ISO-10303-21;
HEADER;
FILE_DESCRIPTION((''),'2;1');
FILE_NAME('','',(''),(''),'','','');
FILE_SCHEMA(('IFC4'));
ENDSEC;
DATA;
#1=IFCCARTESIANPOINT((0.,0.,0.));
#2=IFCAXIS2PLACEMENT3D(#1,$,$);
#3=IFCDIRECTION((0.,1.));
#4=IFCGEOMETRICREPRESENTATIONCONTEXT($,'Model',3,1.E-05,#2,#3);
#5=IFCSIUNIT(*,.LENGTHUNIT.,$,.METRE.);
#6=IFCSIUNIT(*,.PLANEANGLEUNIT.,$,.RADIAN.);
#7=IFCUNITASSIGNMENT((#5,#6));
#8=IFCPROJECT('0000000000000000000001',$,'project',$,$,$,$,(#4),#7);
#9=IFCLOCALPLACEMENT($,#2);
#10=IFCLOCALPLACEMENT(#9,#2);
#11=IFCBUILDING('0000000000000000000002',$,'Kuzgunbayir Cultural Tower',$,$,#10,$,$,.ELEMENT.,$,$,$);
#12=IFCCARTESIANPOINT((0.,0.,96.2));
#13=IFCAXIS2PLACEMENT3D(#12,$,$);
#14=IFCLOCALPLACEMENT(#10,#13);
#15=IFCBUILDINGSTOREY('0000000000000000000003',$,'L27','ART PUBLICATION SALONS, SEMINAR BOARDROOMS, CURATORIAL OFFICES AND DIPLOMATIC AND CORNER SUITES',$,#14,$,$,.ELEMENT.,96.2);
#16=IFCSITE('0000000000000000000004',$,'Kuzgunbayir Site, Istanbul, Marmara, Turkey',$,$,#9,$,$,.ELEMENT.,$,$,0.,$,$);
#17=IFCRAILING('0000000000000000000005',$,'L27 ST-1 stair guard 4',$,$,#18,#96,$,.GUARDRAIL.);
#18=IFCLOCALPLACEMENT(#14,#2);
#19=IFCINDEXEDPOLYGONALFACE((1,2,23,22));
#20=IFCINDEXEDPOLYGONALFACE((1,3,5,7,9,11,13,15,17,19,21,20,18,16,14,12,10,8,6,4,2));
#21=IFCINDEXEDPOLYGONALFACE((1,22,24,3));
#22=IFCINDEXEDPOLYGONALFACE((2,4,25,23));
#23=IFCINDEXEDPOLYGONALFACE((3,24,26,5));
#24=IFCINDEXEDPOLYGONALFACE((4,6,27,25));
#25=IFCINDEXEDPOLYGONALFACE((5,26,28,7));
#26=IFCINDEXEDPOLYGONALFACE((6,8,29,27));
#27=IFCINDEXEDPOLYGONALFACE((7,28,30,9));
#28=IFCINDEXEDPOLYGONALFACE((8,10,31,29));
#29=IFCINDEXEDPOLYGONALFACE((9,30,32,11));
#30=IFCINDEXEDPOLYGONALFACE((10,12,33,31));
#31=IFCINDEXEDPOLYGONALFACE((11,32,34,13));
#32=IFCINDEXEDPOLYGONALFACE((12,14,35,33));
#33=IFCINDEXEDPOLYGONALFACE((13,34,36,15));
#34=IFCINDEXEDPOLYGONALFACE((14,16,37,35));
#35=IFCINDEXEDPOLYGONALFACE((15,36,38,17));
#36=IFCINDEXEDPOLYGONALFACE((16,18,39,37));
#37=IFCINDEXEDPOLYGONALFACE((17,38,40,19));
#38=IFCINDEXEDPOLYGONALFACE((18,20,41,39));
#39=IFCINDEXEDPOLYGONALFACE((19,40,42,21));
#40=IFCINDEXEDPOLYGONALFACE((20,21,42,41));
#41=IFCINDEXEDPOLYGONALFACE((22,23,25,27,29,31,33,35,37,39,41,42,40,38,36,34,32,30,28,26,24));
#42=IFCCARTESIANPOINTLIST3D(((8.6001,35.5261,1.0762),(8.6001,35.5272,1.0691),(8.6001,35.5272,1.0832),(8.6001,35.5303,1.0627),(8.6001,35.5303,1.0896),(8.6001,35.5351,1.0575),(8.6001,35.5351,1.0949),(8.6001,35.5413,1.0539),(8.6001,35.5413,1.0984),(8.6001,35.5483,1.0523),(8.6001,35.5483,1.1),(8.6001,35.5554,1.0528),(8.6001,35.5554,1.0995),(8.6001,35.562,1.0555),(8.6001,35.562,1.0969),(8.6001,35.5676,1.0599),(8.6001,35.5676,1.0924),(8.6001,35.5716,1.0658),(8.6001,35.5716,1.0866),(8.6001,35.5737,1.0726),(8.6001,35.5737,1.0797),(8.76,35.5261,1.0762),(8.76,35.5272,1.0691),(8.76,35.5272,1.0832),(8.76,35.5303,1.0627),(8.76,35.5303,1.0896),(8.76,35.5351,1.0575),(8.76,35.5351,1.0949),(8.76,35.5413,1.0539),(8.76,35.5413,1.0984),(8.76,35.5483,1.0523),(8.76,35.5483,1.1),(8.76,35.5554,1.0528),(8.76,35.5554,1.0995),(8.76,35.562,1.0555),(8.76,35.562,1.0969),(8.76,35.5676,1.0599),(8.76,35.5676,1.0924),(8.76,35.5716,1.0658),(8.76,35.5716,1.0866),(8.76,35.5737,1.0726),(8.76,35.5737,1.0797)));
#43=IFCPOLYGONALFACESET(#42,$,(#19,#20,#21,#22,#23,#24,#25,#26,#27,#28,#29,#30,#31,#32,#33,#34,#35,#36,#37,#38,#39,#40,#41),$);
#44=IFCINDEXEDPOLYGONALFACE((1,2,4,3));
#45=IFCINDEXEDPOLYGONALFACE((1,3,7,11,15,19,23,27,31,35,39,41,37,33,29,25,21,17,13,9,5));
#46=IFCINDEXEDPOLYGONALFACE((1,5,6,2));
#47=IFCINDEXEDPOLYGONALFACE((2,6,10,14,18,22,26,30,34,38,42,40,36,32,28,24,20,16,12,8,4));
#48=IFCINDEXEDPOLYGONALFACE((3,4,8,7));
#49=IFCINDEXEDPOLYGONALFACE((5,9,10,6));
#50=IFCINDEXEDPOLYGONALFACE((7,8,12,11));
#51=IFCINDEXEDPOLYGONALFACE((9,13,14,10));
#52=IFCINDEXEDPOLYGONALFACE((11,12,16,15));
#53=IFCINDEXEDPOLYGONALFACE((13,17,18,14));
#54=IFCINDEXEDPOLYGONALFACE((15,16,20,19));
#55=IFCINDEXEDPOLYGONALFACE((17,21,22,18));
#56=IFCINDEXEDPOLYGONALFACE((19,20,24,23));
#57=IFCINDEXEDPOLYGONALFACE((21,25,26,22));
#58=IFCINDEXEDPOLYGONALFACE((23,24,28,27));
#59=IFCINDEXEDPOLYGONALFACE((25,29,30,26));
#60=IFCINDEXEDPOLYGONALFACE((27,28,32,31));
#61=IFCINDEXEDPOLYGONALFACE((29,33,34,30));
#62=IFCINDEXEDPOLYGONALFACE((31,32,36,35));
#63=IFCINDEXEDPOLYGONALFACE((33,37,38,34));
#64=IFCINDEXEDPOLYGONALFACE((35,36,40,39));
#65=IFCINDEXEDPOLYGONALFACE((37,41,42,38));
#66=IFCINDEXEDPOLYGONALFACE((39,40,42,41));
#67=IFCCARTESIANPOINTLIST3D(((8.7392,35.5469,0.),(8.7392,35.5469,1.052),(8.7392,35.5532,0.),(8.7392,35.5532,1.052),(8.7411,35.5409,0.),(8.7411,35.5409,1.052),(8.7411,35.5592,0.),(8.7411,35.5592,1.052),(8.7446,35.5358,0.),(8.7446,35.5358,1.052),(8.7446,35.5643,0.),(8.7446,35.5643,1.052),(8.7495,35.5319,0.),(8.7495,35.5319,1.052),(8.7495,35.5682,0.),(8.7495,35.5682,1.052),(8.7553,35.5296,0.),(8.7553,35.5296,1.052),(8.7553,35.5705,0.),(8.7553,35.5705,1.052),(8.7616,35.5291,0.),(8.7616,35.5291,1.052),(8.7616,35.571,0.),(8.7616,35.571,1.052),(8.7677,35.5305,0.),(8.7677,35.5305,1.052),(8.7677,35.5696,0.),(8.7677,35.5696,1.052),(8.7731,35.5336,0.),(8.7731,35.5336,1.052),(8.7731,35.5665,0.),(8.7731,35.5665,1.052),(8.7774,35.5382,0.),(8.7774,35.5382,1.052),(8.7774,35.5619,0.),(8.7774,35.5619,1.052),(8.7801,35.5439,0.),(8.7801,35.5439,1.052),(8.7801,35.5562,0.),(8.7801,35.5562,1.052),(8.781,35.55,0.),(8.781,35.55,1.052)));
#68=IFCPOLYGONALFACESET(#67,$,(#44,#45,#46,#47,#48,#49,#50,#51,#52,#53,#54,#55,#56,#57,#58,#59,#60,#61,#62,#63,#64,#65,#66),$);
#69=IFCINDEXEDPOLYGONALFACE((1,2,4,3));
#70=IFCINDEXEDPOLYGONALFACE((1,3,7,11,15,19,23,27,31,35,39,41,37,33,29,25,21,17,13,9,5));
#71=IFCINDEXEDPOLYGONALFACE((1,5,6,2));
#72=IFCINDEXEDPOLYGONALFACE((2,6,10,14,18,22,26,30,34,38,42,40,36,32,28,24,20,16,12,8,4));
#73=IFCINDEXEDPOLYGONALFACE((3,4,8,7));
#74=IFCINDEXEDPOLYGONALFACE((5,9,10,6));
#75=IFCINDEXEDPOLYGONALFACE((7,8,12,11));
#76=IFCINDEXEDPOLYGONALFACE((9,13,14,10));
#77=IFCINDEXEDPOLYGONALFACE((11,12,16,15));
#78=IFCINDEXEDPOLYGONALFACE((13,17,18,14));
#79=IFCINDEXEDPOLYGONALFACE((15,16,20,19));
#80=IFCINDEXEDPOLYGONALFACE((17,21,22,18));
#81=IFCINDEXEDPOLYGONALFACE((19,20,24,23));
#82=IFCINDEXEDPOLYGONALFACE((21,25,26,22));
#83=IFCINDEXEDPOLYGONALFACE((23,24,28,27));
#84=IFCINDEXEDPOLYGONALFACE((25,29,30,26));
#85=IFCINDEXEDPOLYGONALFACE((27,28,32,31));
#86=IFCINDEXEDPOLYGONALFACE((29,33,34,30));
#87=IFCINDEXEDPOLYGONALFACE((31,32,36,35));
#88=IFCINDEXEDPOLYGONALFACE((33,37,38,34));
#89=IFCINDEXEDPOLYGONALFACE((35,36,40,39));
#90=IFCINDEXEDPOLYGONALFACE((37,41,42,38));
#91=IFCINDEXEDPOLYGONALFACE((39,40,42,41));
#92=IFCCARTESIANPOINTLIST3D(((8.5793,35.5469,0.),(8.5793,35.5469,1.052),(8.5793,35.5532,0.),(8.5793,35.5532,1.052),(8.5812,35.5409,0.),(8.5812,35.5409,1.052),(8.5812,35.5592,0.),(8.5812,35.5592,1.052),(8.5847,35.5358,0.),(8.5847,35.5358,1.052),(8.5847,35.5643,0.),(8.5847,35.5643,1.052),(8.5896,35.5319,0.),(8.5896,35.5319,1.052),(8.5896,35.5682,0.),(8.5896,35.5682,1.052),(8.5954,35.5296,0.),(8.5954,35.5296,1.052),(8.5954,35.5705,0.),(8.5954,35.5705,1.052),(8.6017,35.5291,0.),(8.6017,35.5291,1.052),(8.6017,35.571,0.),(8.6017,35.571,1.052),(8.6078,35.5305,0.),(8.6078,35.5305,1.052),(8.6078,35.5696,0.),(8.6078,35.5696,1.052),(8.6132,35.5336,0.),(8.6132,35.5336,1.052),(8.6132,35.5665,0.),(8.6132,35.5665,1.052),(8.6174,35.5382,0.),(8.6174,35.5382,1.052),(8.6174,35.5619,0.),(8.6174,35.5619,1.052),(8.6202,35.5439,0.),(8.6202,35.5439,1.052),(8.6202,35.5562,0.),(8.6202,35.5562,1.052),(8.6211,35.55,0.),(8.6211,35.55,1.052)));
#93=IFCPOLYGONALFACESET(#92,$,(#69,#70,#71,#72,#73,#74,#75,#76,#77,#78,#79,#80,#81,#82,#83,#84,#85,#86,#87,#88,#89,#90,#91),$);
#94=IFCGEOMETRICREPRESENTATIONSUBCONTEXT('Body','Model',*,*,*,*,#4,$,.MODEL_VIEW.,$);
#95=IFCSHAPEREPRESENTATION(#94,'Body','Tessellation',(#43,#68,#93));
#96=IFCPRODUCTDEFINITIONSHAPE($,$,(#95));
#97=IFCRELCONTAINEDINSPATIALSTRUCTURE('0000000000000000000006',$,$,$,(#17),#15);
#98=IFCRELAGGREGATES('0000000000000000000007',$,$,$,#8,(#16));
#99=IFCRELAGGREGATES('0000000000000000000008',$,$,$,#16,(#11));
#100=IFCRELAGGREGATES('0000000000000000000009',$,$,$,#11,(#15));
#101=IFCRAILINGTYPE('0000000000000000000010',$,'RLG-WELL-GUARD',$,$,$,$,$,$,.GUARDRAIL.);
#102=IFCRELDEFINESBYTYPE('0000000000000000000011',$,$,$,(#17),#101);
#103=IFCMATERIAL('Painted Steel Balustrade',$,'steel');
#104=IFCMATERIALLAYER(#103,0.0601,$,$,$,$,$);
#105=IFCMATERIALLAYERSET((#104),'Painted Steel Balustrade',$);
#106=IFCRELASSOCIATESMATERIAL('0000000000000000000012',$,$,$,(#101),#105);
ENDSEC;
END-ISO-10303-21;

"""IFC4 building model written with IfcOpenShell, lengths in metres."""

from ifc_helpers import new_model, si_unit, direction, frame, origin, origin_2d, place, context, subcontext, project, spatial, circle, extrude, material, layer, layer_set, type_object, element, save


model = new_model("IFC4")

# Units and contexts
model_context = context("Model", 3, precision=1e-05, world=origin(), true_north=direction((0.0, 1.0)))
body_context = subcontext(model_context, "Body", "Model", "MODEL_VIEW")
ifc_project = project(units=[si_unit("LENGTHUNIT", "METRE"), si_unit("PLANEANGLEUNIT", "RADIAN")], contexts=[model_context])

# Site, building, storey
site_placement = place(None, origin())
site = spatial("IfcSite", under=ifc_project, at=site_placement, Name="Kuzgunbayir Site, Istanbul, Marmara, Turkey", CompositionType="ELEMENT", RefElevation=0.0)
building_placement = place(site_placement, origin())
building = spatial("IfcBuilding", under=site, at=building_placement, Name="Kuzgunbayir Cultural Tower", CompositionType="ELEMENT")
storey_placement = place(building_placement, frame((0.0, 0.0, 96.2)))
storey = spatial("IfcBuildingStorey", under=building, at=storey_placement, Name="L27", Description="ART PUBLICATION SALONS, SEMINAR BOARDROOMS, CURATORIAL OFFICES AND DIPLOMATIC AND CORNER SUITES", CompositionType="ELEMENT", Elevation=96.2)

# Railing
ifc_material_1 = material(Name="Painted Steel Balustrade", Category="steel")
ifc_layer_1 = layer(ifc_material_1, 0.0601)
ifc_layer_set_1 = layer_set([ifc_layer_1], Name="Painted Steel Balustrade")
railing_type_1 = type_object("IfcRailingType", Name="RLG-WELL-GUARD", PredefinedType="GUARDRAIL", material=ifc_layer_set_1)
railing_1_placement = place(storey_placement, frame((8.76, 35.55, 0.0)))
element("IfcRailing", 1, at=railing_1_placement, inside=storey, type_object=railing_type_1, Name="L27 ST-1 stair guard 4", PredefinedType="GUARDRAIL", context=body_context, shape_type="SweptSolid", body=[
    extrude(circle(Radius=0.0239, at=origin_2d()), frame((0.0, 0.0, 1.0762), z_axis=(-1.0, 0.0, 0.0), x_axis=(0.0, -1.0, 0.0)), (0.0, 0.0, 1.0), 0.1599),
    extrude(circle(Radius=0.021, at=origin_2d()), origin(), (0.0, 0.0, 1.0), 1.052),
    extrude(circle(Radius=0.021, at=origin_2d()), frame((-0.1599, 0.0, 0.0)), (0.0, 0.0, 1.0), 1.052),
])

save(model, "model.ifc")
